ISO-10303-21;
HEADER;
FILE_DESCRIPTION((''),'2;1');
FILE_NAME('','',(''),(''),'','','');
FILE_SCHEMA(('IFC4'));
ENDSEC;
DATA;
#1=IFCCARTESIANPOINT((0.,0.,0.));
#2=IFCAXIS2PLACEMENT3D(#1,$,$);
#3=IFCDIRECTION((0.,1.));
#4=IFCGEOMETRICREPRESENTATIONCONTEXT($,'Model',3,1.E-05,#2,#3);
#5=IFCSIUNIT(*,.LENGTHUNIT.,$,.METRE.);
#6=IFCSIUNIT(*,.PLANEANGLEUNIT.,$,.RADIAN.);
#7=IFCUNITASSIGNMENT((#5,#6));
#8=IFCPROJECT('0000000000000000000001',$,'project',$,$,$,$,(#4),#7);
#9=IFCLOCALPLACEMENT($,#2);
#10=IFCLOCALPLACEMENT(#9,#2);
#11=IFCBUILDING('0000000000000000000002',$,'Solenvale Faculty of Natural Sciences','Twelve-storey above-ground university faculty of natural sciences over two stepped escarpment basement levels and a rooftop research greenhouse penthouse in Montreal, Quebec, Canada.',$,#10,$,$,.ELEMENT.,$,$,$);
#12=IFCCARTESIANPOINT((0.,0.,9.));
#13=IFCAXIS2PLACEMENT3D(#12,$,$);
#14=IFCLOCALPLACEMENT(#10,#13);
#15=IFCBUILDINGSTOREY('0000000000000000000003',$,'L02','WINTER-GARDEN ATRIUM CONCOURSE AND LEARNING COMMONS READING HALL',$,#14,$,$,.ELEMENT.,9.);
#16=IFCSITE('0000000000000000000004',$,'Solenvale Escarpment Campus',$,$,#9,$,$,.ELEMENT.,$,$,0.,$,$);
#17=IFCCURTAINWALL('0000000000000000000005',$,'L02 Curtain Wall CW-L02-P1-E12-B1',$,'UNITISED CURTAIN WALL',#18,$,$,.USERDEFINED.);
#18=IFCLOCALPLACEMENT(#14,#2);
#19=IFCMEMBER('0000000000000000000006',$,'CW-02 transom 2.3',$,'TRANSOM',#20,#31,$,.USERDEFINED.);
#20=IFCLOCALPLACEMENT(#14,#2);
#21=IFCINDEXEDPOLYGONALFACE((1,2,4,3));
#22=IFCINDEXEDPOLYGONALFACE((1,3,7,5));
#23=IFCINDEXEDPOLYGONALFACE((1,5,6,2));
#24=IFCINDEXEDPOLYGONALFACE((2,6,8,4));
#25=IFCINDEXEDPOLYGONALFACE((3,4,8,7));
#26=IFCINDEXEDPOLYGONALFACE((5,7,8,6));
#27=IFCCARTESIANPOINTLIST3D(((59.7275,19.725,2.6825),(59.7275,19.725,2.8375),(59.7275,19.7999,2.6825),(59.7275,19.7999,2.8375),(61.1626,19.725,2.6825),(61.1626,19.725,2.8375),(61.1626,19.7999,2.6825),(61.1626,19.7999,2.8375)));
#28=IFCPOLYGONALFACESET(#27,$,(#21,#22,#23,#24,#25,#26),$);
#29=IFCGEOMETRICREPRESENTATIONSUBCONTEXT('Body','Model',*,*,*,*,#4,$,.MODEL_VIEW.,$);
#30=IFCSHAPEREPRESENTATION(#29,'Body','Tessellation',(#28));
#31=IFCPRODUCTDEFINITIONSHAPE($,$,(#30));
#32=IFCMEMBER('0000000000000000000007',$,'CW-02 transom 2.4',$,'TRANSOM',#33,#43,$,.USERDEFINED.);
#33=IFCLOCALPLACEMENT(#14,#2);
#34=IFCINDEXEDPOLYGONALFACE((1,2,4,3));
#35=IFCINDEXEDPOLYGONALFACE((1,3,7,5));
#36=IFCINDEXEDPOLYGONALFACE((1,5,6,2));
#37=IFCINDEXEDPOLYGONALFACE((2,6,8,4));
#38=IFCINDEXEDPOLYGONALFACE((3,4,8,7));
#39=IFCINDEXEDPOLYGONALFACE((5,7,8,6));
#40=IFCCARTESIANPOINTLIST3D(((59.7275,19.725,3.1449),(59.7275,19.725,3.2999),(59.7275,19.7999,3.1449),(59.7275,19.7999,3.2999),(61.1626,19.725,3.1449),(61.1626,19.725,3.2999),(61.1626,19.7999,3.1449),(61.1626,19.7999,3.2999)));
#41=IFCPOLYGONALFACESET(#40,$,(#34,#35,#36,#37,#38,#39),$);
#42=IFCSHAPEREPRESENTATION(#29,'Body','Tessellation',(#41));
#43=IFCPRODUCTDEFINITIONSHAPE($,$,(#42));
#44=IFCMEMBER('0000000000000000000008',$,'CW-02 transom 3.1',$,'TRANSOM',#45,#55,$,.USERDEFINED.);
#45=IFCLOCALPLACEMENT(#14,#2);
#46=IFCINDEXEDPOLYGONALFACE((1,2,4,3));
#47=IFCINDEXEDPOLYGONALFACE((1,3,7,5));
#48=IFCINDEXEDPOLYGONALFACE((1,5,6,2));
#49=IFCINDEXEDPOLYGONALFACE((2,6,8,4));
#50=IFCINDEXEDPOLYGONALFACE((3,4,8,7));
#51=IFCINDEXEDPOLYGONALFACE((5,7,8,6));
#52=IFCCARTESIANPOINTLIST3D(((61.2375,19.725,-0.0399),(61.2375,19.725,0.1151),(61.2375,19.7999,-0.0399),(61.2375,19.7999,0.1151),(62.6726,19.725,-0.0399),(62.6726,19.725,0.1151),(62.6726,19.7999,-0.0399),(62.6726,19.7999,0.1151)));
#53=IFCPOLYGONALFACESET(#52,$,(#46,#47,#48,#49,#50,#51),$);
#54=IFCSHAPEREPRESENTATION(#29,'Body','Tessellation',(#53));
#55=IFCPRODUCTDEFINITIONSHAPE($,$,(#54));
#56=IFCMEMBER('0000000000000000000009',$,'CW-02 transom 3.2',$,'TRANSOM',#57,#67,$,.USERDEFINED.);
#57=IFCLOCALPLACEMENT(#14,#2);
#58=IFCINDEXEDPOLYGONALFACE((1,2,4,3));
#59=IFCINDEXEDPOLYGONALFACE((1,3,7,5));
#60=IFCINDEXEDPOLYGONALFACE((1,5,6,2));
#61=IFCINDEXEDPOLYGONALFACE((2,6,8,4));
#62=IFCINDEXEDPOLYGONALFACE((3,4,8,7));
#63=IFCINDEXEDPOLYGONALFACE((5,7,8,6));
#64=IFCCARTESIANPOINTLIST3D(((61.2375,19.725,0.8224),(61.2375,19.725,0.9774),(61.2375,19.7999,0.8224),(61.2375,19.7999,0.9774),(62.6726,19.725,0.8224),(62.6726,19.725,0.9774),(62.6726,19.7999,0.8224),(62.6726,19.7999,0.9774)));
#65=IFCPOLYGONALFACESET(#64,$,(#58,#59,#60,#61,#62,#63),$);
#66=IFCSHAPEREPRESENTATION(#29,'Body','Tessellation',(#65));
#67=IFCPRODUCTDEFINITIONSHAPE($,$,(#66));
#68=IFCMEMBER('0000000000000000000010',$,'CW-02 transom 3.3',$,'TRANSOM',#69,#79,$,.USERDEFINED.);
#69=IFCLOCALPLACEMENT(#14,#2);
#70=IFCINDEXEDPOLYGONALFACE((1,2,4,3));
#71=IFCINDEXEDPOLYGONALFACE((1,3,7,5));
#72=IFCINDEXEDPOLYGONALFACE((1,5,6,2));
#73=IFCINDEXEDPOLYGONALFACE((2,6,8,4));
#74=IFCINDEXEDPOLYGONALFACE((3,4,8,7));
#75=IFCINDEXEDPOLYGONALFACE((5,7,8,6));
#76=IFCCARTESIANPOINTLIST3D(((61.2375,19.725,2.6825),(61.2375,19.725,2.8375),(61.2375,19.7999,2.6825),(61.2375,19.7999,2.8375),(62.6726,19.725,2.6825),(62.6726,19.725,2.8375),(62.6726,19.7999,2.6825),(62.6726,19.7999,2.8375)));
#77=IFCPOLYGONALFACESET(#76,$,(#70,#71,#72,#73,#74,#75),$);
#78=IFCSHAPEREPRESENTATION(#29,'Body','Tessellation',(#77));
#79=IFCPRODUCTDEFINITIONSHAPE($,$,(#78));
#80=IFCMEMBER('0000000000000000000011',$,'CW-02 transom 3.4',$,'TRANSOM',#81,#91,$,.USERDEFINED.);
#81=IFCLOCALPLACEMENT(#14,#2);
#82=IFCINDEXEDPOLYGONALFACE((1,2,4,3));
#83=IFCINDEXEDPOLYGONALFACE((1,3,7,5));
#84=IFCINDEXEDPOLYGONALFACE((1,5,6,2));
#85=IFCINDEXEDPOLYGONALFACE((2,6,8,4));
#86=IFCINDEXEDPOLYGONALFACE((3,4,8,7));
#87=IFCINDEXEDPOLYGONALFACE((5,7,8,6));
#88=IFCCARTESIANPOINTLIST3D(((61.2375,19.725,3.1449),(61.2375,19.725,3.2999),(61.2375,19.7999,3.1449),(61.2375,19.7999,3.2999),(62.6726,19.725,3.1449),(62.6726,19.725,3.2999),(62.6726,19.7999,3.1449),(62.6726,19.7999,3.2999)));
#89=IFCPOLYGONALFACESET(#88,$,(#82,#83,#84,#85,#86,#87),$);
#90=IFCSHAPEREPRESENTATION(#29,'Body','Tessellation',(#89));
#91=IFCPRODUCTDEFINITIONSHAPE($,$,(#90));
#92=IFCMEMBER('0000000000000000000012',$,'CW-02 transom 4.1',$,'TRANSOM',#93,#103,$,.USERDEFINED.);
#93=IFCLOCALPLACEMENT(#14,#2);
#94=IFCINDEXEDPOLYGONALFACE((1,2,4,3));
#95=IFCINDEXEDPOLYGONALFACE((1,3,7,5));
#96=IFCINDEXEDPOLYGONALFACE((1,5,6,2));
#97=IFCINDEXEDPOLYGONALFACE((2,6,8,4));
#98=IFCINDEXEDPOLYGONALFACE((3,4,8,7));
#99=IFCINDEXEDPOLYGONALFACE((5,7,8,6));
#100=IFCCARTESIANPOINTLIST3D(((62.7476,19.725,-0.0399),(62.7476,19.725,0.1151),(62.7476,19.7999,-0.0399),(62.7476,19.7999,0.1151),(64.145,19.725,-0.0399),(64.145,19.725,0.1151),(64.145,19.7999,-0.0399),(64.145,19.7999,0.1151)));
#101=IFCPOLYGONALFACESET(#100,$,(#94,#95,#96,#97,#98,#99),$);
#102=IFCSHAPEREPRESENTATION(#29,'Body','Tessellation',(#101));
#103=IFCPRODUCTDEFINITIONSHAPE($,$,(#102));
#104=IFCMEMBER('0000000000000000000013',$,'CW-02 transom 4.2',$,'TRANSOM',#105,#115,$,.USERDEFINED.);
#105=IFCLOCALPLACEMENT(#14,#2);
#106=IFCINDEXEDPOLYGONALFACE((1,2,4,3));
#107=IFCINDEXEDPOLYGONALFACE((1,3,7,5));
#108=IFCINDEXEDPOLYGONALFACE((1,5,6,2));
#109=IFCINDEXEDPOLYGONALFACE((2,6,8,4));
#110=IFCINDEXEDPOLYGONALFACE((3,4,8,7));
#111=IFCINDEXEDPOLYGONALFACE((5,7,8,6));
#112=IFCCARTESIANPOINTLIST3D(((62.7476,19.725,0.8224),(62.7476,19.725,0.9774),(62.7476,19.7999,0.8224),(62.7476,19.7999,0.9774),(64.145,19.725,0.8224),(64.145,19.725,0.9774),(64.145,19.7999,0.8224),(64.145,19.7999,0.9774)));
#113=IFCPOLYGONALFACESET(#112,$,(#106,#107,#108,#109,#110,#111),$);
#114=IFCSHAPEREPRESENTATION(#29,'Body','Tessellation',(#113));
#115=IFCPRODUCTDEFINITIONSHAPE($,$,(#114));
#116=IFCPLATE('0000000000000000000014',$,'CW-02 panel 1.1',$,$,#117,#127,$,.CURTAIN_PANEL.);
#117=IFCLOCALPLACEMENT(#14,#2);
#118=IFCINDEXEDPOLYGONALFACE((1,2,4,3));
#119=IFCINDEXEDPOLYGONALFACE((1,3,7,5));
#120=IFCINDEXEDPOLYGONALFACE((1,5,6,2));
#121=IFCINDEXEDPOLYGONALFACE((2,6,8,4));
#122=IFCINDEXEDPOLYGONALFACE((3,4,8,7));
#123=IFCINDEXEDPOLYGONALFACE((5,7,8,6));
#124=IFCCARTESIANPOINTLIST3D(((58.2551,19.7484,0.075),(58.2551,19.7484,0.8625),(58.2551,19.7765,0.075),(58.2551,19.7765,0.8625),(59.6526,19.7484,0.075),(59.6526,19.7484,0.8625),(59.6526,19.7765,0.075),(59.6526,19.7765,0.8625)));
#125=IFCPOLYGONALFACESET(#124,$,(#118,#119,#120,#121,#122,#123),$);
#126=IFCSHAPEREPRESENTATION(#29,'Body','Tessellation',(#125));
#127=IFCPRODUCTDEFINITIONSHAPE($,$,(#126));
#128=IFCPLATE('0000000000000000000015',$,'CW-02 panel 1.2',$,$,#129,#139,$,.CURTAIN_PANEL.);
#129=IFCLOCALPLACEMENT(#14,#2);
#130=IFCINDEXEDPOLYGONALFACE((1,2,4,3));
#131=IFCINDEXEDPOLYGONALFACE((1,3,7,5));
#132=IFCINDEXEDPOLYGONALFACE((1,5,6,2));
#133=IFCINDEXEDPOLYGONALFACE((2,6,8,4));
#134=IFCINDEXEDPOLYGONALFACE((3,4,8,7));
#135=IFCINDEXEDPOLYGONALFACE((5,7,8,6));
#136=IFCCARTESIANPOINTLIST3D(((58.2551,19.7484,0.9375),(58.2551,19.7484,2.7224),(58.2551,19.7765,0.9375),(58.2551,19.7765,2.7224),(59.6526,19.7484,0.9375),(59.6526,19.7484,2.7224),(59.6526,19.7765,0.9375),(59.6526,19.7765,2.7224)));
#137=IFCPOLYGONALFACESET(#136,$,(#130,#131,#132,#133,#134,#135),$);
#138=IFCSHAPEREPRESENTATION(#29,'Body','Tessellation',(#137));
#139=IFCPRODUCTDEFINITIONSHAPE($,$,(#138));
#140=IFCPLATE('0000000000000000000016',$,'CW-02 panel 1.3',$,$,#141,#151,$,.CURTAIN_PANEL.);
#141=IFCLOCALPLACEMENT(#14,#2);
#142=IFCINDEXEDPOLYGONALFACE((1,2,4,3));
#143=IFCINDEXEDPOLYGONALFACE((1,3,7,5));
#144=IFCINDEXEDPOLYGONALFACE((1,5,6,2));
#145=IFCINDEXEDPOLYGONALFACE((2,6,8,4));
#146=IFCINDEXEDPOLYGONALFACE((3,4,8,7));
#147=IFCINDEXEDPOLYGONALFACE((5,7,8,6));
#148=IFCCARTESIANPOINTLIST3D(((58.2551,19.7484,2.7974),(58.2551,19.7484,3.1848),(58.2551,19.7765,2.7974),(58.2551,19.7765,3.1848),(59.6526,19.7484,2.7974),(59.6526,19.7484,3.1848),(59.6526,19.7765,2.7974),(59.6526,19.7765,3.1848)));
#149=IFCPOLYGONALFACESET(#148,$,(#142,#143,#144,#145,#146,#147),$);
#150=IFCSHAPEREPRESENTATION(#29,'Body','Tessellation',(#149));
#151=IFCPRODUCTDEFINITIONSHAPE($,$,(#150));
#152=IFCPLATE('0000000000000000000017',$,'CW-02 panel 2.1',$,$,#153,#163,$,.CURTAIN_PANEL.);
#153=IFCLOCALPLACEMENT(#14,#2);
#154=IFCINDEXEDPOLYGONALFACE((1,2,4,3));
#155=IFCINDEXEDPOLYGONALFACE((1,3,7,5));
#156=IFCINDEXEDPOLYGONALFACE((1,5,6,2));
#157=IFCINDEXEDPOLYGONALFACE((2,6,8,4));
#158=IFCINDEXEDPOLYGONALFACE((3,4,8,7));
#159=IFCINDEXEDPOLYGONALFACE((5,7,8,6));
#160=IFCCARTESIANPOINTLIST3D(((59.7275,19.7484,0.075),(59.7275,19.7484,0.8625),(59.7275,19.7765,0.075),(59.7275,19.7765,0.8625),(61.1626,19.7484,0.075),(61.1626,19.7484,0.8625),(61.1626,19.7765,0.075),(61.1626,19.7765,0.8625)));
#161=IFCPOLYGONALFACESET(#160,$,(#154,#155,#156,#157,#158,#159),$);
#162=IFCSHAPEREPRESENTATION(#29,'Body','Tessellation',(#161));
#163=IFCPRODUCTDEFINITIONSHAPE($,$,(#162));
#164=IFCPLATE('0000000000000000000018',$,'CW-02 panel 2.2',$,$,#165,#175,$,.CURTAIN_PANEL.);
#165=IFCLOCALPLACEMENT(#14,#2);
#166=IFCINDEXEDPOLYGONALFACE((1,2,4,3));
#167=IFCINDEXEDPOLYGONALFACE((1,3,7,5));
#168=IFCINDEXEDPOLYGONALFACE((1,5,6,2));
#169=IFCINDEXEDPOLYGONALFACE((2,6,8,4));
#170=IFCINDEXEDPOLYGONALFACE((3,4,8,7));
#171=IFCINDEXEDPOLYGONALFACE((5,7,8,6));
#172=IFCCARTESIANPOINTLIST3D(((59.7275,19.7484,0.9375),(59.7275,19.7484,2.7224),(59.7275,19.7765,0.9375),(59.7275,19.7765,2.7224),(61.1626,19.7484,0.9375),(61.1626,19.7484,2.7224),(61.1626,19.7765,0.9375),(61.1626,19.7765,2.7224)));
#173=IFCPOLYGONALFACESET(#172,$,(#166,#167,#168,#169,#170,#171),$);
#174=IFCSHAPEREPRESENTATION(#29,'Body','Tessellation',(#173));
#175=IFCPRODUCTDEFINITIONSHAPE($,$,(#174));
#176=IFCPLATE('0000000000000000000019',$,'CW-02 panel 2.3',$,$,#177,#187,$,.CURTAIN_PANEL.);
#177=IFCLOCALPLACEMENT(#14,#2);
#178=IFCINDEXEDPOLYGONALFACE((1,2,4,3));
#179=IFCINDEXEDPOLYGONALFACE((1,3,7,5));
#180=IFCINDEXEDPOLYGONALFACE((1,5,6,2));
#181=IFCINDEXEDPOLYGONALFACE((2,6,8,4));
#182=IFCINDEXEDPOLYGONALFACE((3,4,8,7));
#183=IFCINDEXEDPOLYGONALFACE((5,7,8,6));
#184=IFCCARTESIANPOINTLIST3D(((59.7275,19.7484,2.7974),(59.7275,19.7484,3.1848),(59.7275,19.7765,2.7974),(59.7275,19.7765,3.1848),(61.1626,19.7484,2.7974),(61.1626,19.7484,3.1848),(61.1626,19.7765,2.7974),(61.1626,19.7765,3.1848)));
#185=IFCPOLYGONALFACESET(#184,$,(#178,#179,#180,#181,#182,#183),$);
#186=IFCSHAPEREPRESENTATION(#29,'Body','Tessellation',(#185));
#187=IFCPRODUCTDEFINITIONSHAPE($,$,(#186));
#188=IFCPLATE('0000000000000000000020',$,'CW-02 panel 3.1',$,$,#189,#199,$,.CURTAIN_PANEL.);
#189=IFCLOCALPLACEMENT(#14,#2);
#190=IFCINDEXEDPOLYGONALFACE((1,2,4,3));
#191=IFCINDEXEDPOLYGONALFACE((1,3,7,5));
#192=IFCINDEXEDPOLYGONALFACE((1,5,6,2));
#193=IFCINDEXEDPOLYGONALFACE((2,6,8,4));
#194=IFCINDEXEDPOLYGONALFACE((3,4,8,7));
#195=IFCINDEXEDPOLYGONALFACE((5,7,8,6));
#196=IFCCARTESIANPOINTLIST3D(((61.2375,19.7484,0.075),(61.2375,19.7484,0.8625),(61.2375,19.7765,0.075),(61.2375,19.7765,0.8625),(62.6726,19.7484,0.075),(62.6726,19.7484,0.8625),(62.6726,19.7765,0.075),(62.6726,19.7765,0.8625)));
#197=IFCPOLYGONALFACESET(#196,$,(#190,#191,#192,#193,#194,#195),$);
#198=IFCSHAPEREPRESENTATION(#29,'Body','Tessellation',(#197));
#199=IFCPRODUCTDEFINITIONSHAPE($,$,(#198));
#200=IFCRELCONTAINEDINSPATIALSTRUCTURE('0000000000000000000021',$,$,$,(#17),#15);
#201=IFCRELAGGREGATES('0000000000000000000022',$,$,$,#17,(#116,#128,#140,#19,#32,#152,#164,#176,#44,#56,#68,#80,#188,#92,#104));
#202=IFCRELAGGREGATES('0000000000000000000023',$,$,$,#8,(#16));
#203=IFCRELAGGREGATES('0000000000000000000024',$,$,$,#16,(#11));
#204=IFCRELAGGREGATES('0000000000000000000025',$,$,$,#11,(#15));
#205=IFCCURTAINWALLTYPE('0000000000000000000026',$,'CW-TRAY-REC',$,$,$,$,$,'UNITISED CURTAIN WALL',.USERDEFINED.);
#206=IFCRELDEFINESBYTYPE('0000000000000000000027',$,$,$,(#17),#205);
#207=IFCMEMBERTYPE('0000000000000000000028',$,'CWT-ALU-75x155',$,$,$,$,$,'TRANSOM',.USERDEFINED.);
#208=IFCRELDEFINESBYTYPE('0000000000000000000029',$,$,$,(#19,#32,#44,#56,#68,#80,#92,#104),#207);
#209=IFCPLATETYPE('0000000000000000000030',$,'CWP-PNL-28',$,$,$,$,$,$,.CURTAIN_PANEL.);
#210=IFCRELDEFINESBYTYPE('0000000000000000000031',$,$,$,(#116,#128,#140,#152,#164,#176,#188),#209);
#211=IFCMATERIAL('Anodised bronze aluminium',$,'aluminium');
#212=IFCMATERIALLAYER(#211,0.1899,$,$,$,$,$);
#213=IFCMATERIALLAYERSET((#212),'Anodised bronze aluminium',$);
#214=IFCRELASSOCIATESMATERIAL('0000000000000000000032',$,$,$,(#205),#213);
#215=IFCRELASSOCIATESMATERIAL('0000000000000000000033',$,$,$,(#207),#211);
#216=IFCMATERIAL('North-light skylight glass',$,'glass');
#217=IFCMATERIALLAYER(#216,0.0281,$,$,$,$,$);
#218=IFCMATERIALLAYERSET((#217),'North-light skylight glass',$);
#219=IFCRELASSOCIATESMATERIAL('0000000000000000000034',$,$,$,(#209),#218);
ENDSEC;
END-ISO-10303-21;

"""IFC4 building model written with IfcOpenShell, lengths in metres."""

from ifc_helpers import new_model, si_unit, direction, frame, origin, origin_2d, place, context, subcontext, project, spatial, rectangle, extrude, material, layer, layer_set, material_profile, profile_set, type_object, element, aggregate, save


model = new_model("IFC4")

# Units and contexts
model_context = context("Model", 3, precision=1e-05, world=origin(), true_north=direction((0.0, 1.0)))
body_context = subcontext(model_context, "Body", "Model", "MODEL_VIEW")
ifc_project = project(units=[si_unit("LENGTHUNIT", "METRE"), si_unit("PLANEANGLEUNIT", "RADIAN")], contexts=[model_context])

# Site, building, storey
site_placement = place(None, origin())
site = spatial("IfcSite", under=ifc_project, at=site_placement, Name="Solenvale Escarpment Campus", CompositionType="ELEMENT", RefElevation=0.0)
building_placement = place(site_placement, origin())
building = spatial("IfcBuilding", under=site, at=building_placement, Name="Solenvale Faculty of Natural Sciences", Description="Twelve-storey above-ground university faculty of natural sciences over two stepped escarpment basement levels and a rooftop research greenhouse penthouse in Montreal, Quebec, Canada.", CompositionType="ELEMENT")
storey_placement = place(building_placement, frame((0.0, 0.0, 9.0)))
storey = spatial("IfcBuildingStorey", under=building, at=storey_placement, Name="L02", Description="WINTER-GARDEN ATRIUM CONCOURSE AND LEARNING COMMONS READING HALL", CompositionType="ELEMENT", Elevation=9.0)

# Curtain wall, members, plates
ifc_material_1 = material(Name="Anodised bronze aluminium", Category="aluminium")
ifc_layer_1 = layer(ifc_material_1, 0.1899)
ifc_layer_set_1 = layer_set([ifc_layer_1], Name="Anodised bronze aluminium")
curtain_wall_type = type_object("IfcCurtainWallType", Name="CW-TRAY-REC", ElementType="UNITISED CURTAIN WALL", PredefinedType="USERDEFINED", material=ifc_layer_set_1)
curtain_wall_placement = place(storey_placement, origin())
curtain_wall = element("IfcCurtainWall", 1, at=curtain_wall_placement, inside=storey, type_object=curtain_wall_type, Name="L02 Curtain Wall CW-L02-P1-E12-B1", ObjectType="UNITISED CURTAIN WALL", PredefinedType="USERDEFINED")
ifc_material_profile_1 = material_profile(ifc_material_1, rectangle(XDim=0.075, YDim=0.155, at=origin_2d()), Name="ALU-TRN-75x155")
ifc_profile_set_1 = profile_set([ifc_material_profile_1], Name="Anodised bronze aluminium")
member_type_1 = type_object("IfcMemberType", Name="CWT-ALU-75x155", ElementType="TRANSOM", PredefinedType="USERDEFINED", material=ifc_profile_set_1)
member_1_placement = place(storey_placement, frame((59.7275, 19.7625, 2.76), z_axis=(1.0, 0.0, 0.0), x_axis=(0.0, 1.0, 0.0)))
member_1 = element("IfcMember", 2, at=member_1_placement, type_object=member_type_1, Name="CW-02 transom 2.3", ObjectType="TRANSOM", PredefinedType="USERDEFINED", context=body_context, shape_type="SweptSolid", body=[
    extrude(rectangle(XDim=0.075, YDim=0.155, at=origin_2d()), origin(), (0.0, 0.0, 1.0), 1.4351),
])
member_2_placement = place(storey_placement, frame((59.7275, 19.7625, 3.2224), z_axis=(1.0, 0.0, 0.0), x_axis=(0.0, 1.0, 0.0)))
member_2 = element("IfcMember", 3, at=member_2_placement, type_object=member_type_1, Name="CW-02 transom 2.4", ObjectType="TRANSOM", PredefinedType="USERDEFINED", context=body_context, shape_type="SweptSolid", body=[
    extrude(rectangle(XDim=0.075, YDim=0.155, at=origin_2d()), origin(), (0.0, 0.0, 1.0), 1.4351),
])
member_3_placement = place(storey_placement, frame((61.2375, 19.7625, 0.0376), z_axis=(1.0, 0.0, 0.0), x_axis=(0.0, 1.0, 0.0)))
member_3 = element("IfcMember", 4, at=member_3_placement, type_object=member_type_1, Name="CW-02 transom 3.1", ObjectType="TRANSOM", PredefinedType="USERDEFINED", context=body_context, shape_type="SweptSolid", body=[
    extrude(rectangle(XDim=0.075, YDim=0.155, at=origin_2d()), origin(), (0.0, 0.0, 1.0), 1.4351),
])
member_4_placement = place(storey_placement, frame((61.2375, 19.7625, 0.8999), z_axis=(1.0, 0.0, 0.0), x_axis=(0.0, 1.0, 0.0)))
member_4 = element("IfcMember", 5, at=member_4_placement, type_object=member_type_1, Name="CW-02 transom 3.2", ObjectType="TRANSOM", PredefinedType="USERDEFINED", context=body_context, shape_type="SweptSolid", body=[
    extrude(rectangle(XDim=0.075, YDim=0.155, at=origin_2d()), origin(), (0.0, 0.0, 1.0), 1.4351),
])
member_5_placement = place(storey_placement, frame((61.2375, 19.7625, 2.76), z_axis=(1.0, 0.0, 0.0), x_axis=(0.0, 1.0, 0.0)))
member_5 = element("IfcMember", 6, at=member_5_placement, type_object=member_type_1, Name="CW-02 transom 3.3", ObjectType="TRANSOM", PredefinedType="USERDEFINED", context=body_context, shape_type="SweptSolid", body=[
    extrude(rectangle(XDim=0.075, YDim=0.155, at=origin_2d()), origin(), (0.0, 0.0, 1.0), 1.4351),
])
member_6_placement = place(storey_placement, frame((61.2375, 19.7625, 3.2224), z_axis=(1.0, 0.0, 0.0), x_axis=(0.0, 1.0, 0.0)))
member_6 = element("IfcMember", 7, at=member_6_placement, type_object=member_type_1, Name="CW-02 transom 3.4", ObjectType="TRANSOM", PredefinedType="USERDEFINED", context=body_context, shape_type="SweptSolid", body=[
    extrude(rectangle(XDim=0.075, YDim=0.155, at=origin_2d()), origin(), (0.0, 0.0, 1.0), 1.4351),
])
member_7_placement = place(storey_placement, frame((62.7476, 19.7625, 0.0376), z_axis=(1.0, 0.0, 0.0), x_axis=(0.0, 1.0, 0.0)))
member_7 = element("IfcMember", 8, at=member_7_placement, type_object=member_type_1, Name="CW-02 transom 4.1", ObjectType="TRANSOM", PredefinedType="USERDEFINED", context=body_context, shape_type="SweptSolid", body=[
    extrude(rectangle(XDim=0.075, YDim=0.155, at=origin_2d()), origin(), (0.0, 0.0, 1.0), 1.3975),
])
member_8_placement = place(storey_placement, frame((62.7476, 19.7625, 0.8999), z_axis=(1.0, 0.0, 0.0), x_axis=(0.0, 1.0, 0.0)))
member_8 = element("IfcMember", 9, at=member_8_placement, type_object=member_type_1, Name="CW-02 transom 4.2", ObjectType="TRANSOM", PredefinedType="USERDEFINED", context=body_context, shape_type="SweptSolid", body=[
    extrude(rectangle(XDim=0.075, YDim=0.155, at=origin_2d()), origin(), (0.0, 0.0, 1.0), 1.3975),
])
ifc_material_2 = material(Name="North-light skylight glass", Category="glass")
ifc_layer_2 = layer(ifc_material_2, 0.0281)
ifc_layer_set_2 = layer_set([ifc_layer_2], Name="North-light skylight glass")
plate_type = type_object("IfcPlateType", Name="CWP-PNL-28", PredefinedType="CURTAIN_PANEL", material=ifc_layer_set_2)
plate_1_placement = place(storey_placement, frame((58.9539, 19.7625, 0.075), z_axis=(0.0, 0.0, 1.0), x_axis=(1.0, 0.0, 0.0)))
plate_1 = element("IfcPlate", 10, at=plate_1_placement, type_object=plate_type, Name="CW-02 panel 1.1", PredefinedType="CURTAIN_PANEL", context=body_context, shape_type="SweptSolid", body=[
    extrude(rectangle(XDim=1.3975, YDim=0.0281, at=origin_2d()), origin(), (0.0, 0.0, 1.0), 0.7876),
])
plate_2_placement = place(storey_placement, frame((58.9539, 19.7625, 0.9375), z_axis=(0.0, 0.0, 1.0), x_axis=(1.0, 0.0, 0.0)))
plate_2 = element("IfcPlate", 11, at=plate_2_placement, type_object=plate_type, Name="CW-02 panel 1.2", PredefinedType="CURTAIN_PANEL", context=body_context, shape_type="SweptSolid", body=[
    extrude(rectangle(XDim=1.3975, YDim=0.0281, at=origin_2d()), origin(), (0.0, 0.0, 1.0), 1.7849),
])
plate_3_placement = place(storey_placement, frame((58.9539, 19.7625, 2.7974), z_axis=(0.0, 0.0, 1.0), x_axis=(1.0, 0.0, 0.0)))
plate_3 = element("IfcPlate", 12, at=plate_3_placement, type_object=plate_type, Name="CW-02 panel 1.3", PredefinedType="CURTAIN_PANEL", context=body_context, shape_type="SweptSolid", body=[
    extrude(rectangle(XDim=1.3975, YDim=0.0281, at=origin_2d()), origin(), (0.0, 0.0, 1.0), 0.3875),
])
plate_4_placement = place(storey_placement, frame((60.4451, 19.7625, 0.075), z_axis=(0.0, 0.0, 1.0), x_axis=(1.0, 0.0, 0.0)))
plate_4 = element("IfcPlate", 13, at=plate_4_placement, type_object=plate_type, Name="CW-02 panel 2.1", PredefinedType="CURTAIN_PANEL", context=body_context, shape_type="SweptSolid", body=[
    extrude(rectangle(XDim=1.4351, YDim=0.0281, at=origin_2d()), origin(), (0.0, 0.0, 1.0), 0.7876),
])
plate_5_placement = place(storey_placement, frame((60.4451, 19.7625, 0.9375), z_axis=(0.0, 0.0, 1.0), x_axis=(1.0, 0.0, 0.0)))
plate_5 = element("IfcPlate", 14, at=plate_5_placement, type_object=plate_type, Name="CW-02 panel 2.2", PredefinedType="CURTAIN_PANEL", context=body_context, shape_type="SweptSolid", body=[
    extrude(rectangle(XDim=1.4351, YDim=0.0281, at=origin_2d()), origin(), (0.0, 0.0, 1.0), 1.7849),
])
plate_6_placement = place(storey_placement, frame((60.4451, 19.7625, 2.7974), z_axis=(0.0, 0.0, 1.0), x_axis=(1.0, 0.0, 0.0)))
plate_6 = element("IfcPlate", 15, at=plate_6_placement, type_object=plate_type, Name="CW-02 panel 2.3", PredefinedType="CURTAIN_PANEL", context=body_context, shape_type="SweptSolid", body=[
    extrude(rectangle(XDim=1.4351, YDim=0.0281, at=origin_2d()), origin(), (0.0, 0.0, 1.0), 0.3875),
])
plate_7_placement = place(storey_placement, frame((61.9551, 19.7625, 0.075), z_axis=(0.0, 0.0, 1.0), x_axis=(1.0, 0.0, 0.0)))
plate_7 = element("IfcPlate", 16, at=plate_7_placement, type_object=plate_type, Name="CW-02 panel 3.1", PredefinedType="CURTAIN_PANEL", context=body_context, shape_type="SweptSolid", body=[
    extrude(rectangle(XDim=1.4351, YDim=0.0281, at=origin_2d()), origin(), (0.0, 0.0, 1.0), 0.7876),
])
aggregate(curtain_wall, [plate_1, plate_2, plate_3, member_1, member_2, plate_4, plate_5, plate_6, member_3, member_4, member_5, member_6, plate_7, member_7, member_8])

save(model, "model.ifc")
